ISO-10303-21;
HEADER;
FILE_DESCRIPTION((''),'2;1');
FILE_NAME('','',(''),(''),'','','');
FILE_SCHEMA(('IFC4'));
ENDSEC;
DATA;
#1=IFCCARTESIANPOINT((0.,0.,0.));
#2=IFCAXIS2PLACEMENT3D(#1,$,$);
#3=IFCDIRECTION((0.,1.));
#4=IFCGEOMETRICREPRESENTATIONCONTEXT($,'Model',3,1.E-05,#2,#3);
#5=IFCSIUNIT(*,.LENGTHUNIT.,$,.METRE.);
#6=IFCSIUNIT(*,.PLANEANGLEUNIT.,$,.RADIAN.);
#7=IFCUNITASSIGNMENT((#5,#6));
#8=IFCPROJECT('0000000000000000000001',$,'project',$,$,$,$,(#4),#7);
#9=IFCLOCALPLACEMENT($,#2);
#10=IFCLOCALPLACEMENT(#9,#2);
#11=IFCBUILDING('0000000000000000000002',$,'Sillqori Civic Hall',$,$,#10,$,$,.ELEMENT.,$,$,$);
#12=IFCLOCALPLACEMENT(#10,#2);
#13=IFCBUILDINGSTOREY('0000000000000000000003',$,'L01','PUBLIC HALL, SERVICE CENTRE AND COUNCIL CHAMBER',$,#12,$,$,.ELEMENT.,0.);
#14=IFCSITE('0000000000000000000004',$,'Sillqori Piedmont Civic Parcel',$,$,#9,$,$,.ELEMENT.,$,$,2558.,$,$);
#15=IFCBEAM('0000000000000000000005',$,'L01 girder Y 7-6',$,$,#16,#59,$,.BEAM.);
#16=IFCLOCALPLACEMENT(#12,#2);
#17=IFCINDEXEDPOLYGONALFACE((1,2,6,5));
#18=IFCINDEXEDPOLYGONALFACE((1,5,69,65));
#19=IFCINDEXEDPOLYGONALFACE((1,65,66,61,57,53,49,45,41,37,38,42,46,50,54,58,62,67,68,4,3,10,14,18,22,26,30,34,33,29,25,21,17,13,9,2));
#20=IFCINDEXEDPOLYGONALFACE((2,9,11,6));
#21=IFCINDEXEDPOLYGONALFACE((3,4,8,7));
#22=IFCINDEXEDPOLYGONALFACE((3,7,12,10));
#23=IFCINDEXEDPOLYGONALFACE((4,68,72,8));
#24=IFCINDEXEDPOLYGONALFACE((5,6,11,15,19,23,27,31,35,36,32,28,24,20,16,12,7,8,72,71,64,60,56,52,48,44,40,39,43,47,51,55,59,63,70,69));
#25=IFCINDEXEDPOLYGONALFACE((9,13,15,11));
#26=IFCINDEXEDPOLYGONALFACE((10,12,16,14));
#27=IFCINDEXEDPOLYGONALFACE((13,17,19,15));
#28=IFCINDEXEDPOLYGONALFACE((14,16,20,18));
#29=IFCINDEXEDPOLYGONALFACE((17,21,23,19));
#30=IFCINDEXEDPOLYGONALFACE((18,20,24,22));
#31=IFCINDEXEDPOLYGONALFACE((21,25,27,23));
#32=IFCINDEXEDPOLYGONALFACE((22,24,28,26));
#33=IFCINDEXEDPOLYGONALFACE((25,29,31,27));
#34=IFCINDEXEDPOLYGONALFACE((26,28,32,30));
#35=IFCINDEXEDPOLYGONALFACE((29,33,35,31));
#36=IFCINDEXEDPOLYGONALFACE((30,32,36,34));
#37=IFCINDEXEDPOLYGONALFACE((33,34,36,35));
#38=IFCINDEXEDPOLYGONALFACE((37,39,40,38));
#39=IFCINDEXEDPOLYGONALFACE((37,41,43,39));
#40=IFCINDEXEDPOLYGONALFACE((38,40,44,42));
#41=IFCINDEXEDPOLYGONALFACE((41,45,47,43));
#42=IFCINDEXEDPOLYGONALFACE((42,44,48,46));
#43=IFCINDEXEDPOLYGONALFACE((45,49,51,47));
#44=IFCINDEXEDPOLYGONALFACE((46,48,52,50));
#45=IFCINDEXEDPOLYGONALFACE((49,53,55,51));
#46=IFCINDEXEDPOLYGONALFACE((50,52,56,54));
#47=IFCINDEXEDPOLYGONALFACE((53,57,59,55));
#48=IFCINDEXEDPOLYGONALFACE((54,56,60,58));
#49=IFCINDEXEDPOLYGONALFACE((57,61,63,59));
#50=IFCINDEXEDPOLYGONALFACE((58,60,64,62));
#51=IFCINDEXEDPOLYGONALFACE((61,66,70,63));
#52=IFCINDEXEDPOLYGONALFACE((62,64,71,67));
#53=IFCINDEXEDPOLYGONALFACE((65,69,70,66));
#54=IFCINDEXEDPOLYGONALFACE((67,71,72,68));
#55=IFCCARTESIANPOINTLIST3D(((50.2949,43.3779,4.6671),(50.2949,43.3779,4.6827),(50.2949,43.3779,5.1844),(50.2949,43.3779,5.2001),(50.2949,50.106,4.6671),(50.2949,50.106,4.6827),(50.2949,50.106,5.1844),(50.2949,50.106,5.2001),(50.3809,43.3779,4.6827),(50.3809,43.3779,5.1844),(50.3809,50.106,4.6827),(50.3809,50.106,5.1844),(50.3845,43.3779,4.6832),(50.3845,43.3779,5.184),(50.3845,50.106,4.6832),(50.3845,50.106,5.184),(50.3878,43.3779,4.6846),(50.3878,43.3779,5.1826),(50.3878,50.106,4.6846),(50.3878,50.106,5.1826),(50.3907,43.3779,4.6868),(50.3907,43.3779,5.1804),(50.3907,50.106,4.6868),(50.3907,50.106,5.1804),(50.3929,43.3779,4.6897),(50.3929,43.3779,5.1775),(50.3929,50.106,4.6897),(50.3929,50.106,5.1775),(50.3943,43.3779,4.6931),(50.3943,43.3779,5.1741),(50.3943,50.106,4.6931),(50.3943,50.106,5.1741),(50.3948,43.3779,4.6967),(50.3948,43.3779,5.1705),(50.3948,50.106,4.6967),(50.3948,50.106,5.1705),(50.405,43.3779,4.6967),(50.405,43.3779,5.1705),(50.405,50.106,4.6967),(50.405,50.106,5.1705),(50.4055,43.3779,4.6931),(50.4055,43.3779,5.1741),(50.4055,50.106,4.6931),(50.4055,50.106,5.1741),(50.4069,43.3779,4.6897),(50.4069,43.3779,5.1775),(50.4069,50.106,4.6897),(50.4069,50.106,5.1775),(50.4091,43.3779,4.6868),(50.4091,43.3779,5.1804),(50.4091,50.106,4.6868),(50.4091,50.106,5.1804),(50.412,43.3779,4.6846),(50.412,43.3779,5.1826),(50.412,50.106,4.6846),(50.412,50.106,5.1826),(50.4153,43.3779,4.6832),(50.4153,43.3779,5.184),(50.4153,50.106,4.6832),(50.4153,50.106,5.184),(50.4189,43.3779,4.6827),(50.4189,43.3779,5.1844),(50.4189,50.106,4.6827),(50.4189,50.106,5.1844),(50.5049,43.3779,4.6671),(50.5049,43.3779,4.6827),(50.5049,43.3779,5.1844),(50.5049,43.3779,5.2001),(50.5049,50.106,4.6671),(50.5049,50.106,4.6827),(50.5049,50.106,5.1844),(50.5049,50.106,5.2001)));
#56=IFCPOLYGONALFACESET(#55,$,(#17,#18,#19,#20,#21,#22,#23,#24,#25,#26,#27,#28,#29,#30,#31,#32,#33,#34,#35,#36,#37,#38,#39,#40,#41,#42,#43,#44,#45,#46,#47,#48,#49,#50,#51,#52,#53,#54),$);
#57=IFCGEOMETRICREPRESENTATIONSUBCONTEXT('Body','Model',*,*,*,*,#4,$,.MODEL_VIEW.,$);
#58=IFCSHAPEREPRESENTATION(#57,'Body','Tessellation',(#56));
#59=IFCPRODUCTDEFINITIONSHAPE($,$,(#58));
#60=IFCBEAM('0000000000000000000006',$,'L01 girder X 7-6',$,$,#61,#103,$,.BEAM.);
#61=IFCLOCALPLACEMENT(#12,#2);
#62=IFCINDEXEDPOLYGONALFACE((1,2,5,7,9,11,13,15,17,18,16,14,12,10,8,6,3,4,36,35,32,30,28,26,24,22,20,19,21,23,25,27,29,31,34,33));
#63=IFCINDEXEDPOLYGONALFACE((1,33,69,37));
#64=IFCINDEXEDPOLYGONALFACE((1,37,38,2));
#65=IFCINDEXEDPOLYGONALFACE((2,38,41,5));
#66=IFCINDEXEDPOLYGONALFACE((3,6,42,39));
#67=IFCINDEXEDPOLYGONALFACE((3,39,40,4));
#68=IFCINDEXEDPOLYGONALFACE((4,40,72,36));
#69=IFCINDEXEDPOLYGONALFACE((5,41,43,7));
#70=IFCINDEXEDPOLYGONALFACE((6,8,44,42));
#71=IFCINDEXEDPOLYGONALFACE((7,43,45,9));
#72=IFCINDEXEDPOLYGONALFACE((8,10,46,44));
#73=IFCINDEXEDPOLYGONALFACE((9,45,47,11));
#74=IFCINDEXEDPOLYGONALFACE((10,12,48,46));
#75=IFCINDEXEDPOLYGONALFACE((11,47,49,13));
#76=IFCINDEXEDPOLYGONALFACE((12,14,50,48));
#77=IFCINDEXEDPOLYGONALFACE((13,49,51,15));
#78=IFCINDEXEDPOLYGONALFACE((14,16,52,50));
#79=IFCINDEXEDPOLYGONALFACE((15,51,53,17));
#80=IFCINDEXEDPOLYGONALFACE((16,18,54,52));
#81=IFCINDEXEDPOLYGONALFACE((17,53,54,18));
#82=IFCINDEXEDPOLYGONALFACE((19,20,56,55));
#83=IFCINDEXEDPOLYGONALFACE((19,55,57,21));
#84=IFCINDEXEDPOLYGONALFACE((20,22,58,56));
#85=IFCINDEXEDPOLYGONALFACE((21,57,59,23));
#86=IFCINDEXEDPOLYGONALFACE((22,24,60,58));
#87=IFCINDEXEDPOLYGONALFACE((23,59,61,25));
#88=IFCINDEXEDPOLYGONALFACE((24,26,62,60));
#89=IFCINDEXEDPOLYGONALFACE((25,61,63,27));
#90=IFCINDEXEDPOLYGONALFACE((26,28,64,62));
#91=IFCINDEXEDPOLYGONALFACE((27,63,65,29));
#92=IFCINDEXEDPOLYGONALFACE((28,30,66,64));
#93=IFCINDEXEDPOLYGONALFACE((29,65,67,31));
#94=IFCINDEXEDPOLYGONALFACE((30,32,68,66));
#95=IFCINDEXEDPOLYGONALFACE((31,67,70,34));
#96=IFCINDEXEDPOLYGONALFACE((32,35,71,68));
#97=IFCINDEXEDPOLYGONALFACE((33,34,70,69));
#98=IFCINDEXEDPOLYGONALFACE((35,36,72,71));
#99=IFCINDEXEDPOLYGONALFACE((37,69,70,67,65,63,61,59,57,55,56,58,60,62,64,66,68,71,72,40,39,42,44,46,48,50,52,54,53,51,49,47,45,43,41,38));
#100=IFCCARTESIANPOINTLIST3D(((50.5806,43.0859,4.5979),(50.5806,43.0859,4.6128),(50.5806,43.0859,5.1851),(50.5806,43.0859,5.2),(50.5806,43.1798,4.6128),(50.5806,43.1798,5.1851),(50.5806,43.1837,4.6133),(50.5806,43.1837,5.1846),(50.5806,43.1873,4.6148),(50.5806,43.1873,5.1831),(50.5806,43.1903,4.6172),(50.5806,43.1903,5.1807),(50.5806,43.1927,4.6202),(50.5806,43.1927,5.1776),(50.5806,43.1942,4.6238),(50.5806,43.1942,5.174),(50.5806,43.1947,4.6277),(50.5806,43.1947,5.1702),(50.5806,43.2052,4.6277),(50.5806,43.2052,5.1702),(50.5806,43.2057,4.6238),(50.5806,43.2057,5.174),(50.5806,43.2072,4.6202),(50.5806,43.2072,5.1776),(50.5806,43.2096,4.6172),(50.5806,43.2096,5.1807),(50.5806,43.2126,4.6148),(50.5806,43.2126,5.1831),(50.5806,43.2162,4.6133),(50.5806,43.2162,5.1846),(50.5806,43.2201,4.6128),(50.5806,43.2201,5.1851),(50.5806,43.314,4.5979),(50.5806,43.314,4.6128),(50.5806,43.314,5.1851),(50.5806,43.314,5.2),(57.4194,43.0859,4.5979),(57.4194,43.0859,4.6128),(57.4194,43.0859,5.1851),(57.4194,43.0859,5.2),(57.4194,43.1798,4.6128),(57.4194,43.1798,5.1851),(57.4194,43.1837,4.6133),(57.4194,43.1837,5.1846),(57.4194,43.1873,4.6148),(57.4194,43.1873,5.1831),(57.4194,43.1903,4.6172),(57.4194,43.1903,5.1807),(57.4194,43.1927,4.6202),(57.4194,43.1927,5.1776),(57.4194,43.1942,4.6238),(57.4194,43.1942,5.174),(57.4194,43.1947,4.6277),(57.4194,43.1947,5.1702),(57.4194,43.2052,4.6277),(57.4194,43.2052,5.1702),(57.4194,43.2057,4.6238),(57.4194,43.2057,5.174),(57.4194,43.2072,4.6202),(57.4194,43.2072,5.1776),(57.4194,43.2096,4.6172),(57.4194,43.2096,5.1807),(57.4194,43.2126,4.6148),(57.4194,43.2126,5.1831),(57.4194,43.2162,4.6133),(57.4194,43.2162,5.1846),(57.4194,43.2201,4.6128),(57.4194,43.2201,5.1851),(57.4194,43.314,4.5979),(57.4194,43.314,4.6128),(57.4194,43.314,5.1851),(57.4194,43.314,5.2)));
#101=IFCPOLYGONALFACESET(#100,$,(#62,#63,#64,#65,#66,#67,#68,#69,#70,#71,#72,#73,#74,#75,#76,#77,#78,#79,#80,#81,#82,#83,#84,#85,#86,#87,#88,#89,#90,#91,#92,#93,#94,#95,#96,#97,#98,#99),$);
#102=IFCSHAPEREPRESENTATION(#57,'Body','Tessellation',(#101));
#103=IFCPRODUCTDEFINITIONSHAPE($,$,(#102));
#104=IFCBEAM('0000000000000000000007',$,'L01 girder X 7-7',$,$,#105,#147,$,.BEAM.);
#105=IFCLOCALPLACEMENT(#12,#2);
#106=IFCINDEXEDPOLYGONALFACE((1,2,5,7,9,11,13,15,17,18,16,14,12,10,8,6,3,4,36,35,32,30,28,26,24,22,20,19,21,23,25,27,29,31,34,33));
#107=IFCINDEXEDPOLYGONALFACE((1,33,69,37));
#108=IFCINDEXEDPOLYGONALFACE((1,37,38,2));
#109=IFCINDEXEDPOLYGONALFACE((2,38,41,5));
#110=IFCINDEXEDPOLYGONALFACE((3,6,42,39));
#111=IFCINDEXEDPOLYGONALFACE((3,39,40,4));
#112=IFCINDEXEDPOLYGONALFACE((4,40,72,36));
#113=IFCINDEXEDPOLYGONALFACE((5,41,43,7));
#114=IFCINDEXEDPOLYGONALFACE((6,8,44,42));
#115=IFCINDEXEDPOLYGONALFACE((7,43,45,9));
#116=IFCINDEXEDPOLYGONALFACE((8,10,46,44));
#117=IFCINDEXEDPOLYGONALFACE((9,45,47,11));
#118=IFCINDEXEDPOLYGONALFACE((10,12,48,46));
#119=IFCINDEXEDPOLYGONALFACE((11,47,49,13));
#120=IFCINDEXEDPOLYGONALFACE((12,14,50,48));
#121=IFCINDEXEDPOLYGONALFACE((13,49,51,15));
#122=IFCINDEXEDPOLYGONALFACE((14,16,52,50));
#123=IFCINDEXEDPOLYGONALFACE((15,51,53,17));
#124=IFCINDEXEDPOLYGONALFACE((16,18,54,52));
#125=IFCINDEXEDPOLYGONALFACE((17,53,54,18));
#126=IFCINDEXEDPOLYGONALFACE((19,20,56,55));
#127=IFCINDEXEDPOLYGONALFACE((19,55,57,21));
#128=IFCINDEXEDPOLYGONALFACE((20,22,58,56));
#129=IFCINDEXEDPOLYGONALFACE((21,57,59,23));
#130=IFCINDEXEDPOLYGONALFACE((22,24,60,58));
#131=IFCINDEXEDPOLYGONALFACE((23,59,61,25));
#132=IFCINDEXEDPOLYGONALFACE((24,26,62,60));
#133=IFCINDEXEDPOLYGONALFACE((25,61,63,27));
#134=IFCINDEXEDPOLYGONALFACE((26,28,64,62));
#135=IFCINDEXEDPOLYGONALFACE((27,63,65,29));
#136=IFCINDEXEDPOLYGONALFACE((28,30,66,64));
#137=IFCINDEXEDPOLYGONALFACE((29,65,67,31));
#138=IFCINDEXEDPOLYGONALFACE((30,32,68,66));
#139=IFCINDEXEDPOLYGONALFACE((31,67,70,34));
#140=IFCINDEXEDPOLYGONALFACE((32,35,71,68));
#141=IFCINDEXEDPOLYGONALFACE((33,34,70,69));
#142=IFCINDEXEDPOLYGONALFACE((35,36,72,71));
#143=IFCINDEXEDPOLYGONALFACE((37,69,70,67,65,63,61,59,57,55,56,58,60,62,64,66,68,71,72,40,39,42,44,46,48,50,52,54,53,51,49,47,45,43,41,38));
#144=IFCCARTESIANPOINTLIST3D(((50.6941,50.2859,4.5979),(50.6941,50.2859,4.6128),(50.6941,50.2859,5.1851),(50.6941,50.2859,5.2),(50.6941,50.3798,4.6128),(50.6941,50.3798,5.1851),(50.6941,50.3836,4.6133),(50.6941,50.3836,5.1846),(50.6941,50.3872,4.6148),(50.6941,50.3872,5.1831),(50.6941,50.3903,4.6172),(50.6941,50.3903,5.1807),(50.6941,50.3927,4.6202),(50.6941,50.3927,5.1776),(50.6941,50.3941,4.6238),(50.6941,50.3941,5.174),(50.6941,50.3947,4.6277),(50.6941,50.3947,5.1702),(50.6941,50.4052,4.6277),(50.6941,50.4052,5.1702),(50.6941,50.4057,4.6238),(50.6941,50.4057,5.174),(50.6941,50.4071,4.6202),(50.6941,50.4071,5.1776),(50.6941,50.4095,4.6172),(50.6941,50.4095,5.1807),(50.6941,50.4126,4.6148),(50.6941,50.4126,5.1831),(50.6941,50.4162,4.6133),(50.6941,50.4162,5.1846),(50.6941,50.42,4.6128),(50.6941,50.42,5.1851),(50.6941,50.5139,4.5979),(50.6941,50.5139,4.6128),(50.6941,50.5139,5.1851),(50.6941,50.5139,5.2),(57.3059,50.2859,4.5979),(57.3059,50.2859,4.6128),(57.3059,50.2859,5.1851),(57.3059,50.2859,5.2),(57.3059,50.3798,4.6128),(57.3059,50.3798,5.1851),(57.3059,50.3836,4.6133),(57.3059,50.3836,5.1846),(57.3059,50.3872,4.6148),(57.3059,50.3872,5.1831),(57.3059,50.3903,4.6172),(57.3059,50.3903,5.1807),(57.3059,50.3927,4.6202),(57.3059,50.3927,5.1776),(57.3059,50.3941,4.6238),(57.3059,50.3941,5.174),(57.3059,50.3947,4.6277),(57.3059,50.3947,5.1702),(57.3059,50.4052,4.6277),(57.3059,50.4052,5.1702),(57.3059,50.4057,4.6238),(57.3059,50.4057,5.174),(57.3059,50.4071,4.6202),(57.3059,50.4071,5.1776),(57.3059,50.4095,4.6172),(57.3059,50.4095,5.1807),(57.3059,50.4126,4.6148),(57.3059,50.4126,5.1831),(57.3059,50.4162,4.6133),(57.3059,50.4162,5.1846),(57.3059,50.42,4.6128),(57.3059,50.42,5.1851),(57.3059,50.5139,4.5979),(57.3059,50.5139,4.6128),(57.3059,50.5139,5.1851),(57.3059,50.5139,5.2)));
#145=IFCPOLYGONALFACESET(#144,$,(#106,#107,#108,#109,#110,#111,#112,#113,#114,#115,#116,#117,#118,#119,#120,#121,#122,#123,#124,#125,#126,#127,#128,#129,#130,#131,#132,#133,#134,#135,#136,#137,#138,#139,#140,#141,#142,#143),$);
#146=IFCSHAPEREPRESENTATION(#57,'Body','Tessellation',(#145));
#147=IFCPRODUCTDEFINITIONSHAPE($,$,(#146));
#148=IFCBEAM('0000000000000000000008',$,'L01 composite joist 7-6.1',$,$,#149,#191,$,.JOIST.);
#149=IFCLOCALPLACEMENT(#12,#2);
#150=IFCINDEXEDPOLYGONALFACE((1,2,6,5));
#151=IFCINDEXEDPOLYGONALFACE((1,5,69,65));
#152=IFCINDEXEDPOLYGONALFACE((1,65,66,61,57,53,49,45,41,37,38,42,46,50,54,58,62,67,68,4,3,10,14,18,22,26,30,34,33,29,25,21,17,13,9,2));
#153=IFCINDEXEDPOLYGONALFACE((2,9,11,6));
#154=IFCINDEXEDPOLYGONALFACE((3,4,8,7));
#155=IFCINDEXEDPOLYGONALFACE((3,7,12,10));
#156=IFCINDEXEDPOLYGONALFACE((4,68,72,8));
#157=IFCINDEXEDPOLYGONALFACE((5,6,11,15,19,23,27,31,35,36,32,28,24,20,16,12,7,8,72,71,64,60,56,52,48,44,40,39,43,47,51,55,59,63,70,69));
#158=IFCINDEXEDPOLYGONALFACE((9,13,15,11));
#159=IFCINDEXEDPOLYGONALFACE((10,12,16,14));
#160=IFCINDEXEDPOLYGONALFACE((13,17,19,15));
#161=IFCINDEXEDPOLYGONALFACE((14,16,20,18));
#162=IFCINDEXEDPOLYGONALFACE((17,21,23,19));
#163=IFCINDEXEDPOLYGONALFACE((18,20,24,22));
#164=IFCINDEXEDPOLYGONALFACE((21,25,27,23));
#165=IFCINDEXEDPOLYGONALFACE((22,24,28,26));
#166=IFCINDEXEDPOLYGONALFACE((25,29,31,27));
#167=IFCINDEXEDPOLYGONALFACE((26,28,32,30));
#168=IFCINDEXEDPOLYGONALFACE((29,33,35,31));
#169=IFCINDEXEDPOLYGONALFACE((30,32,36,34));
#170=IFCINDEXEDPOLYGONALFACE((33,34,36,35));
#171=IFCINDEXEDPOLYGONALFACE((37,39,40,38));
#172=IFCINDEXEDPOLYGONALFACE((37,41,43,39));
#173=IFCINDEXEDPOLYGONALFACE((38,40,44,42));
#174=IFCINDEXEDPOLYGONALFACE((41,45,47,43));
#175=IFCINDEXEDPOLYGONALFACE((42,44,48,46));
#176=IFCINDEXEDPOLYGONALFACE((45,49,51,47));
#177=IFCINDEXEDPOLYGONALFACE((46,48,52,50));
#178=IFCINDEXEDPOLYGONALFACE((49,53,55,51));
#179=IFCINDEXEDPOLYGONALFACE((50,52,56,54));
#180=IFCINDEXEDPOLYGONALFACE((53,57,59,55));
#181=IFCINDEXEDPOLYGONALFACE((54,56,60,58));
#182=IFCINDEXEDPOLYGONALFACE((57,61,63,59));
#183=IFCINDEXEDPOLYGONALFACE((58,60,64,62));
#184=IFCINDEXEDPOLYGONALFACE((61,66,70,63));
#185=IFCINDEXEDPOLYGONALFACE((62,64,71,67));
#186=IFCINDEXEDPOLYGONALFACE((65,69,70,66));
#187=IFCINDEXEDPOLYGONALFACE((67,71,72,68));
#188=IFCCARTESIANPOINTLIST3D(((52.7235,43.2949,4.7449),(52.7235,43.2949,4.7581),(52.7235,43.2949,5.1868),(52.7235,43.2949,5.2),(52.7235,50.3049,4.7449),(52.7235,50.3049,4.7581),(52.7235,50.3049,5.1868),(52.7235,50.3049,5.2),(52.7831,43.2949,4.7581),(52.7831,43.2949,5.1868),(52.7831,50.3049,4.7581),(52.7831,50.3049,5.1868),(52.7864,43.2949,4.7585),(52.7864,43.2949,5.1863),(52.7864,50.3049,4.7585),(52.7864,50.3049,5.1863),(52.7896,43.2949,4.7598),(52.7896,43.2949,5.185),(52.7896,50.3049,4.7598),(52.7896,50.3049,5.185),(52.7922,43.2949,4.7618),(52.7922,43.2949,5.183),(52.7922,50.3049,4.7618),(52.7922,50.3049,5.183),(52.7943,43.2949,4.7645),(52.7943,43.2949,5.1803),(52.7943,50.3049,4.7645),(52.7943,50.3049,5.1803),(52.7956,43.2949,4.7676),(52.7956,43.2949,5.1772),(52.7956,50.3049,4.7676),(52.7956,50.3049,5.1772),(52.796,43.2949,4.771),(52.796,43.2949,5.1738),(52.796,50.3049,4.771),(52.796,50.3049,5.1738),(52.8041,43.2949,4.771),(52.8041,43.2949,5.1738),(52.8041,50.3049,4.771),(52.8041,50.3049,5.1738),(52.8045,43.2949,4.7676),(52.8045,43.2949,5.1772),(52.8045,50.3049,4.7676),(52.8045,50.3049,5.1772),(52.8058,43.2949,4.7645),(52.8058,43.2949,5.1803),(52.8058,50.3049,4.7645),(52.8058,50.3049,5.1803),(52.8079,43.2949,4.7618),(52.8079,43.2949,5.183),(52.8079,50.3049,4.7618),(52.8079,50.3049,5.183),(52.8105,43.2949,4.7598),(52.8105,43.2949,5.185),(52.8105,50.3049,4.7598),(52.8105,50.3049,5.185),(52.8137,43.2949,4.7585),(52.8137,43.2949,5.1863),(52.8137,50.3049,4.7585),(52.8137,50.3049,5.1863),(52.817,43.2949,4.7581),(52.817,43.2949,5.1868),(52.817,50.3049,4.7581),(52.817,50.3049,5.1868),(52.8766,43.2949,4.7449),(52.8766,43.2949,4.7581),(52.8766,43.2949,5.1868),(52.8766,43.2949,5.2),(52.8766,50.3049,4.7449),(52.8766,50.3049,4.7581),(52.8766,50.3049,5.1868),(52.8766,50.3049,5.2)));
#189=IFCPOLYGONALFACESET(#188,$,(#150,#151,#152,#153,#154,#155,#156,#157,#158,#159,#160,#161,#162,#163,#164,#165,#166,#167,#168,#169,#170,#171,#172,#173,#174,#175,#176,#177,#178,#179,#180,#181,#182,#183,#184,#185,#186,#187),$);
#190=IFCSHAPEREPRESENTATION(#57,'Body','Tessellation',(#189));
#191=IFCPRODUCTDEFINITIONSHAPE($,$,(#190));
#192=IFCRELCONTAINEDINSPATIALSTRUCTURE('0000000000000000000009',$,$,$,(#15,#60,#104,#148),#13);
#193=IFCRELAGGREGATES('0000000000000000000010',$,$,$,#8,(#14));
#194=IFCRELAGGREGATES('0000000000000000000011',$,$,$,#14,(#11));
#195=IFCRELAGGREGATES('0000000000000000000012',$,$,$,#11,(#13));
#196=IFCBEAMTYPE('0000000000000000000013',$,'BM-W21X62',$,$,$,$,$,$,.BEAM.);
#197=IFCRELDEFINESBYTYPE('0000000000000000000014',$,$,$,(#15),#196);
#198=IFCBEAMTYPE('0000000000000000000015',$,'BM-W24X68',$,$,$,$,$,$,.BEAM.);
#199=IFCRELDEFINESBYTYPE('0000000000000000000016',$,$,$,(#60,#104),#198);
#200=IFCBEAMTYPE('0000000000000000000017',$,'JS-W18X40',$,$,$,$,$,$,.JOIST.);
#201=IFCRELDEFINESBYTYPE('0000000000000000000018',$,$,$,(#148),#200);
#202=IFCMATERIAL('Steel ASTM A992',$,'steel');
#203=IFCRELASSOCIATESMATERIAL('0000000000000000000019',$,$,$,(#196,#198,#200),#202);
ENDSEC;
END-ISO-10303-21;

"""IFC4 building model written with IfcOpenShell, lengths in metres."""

from ifc_helpers import new_model, si_unit, direction, frame, origin, origin_2d, place, context, subcontext, project, spatial, i_section, extrude, material, material_profile, profile_set, type_object, element, save


model = new_model("IFC4")

# Units and contexts
model_context = context("Model", 3, precision=1e-05, world=origin(), true_north=direction((0.0, 1.0)))
body_context = subcontext(model_context, "Body", "Model", "MODEL_VIEW")
ifc_project = project(units=[si_unit("LENGTHUNIT", "METRE"), si_unit("PLANEANGLEUNIT", "RADIAN")], contexts=[model_context])

# Site, building, storey
site_placement = place(None, origin())
site = spatial("IfcSite", under=ifc_project, at=site_placement, Name="Sillqori Piedmont Civic Parcel", CompositionType="ELEMENT", RefElevation=2558.0)
building_placement = place(site_placement, origin())
building = spatial("IfcBuilding", under=site, at=building_placement, Name="Sillqori Civic Hall", CompositionType="ELEMENT")
storey_placement = place(building_placement, origin())
storey = spatial("IfcBuildingStorey", under=building, at=storey_placement, Name="L01", Description="PUBLIC HALL, SERVICE CENTRE AND COUNCIL CHAMBER", CompositionType="ELEMENT", Elevation=0.0)

# Shared definitions
ifc_material_1 = material(Name="Steel ASTM A992", Category="steel")

# Beams
ifc_material_profile_1 = material_profile(ifc_material_1, i_section(OverallWidth=0.21, OverallDepth=0.533, WebThickness=0.0103, FlangeThickness=0.0156, FilletRadius=0.0139, at=origin_2d()), Name="W21X62")
ifc_profile_set_1 = profile_set([ifc_material_profile_1], Name="Steel ASTM A992")
beam_type_1 = type_object("IfcBeamType", Name="BM-W21X62", PredefinedType="BEAM", material=ifc_profile_set_1)
for number, where, z_axis, x_axis, name in (
    (1, (50.3999, 43.3779, 4.9336), (0.0, 1.0, 0.0), (-1.0, 0.0, 0.0), "L01 girder Y 7-6"),
):
    element("IfcBeam", number, at=place(storey_placement, frame(where, z_axis=z_axis, x_axis=x_axis)), inside=storey, type_object=beam_type_1, Name=name, PredefinedType="BEAM", context=body_context, shape_type="SweptSolid", body=[
        extrude(i_section(OverallWidth=0.21, OverallDepth=0.533, WebThickness=0.0103, FlangeThickness=0.0156, FilletRadius=0.0139, at=origin_2d()), origin(), (0.0, 0.0, 1.0), 6.728),
    ])
ifc_material_profile_2 = material_profile(ifc_material_1, i_section(OverallWidth=0.228, OverallDepth=0.6021, WebThickness=0.0105, FlangeThickness=0.0149, FilletRadius=0.0149, at=origin_2d()), Name="W24X68")
ifc_profile_set_2 = profile_set([ifc_material_profile_2], Name="Steel ASTM A992")
beam_type_2 = type_object("IfcBeamType", Name="BM-W24X68", PredefinedType="BEAM", material=ifc_profile_set_2)
beam_1_placement = place(storey_placement, frame((50.5806, 43.2, 4.8989), z_axis=(1.0, 0.0, 0.0), x_axis=(0.0, 1.0, 0.0)))
element("IfcBeam", 2, at=beam_1_placement, inside=storey, type_object=beam_type_2, Name="L01 girder X 7-6", PredefinedType="BEAM", context=body_context, shape_type="SweptSolid", body=[
    extrude(i_section(OverallWidth=0.228, OverallDepth=0.6021, WebThickness=0.0105, FlangeThickness=0.0149, FilletRadius=0.0149, at=origin_2d()), origin(), (0.0, 0.0, 1.0), 6.8389),
])
beam_2_placement = place(storey_placement, frame((50.6941, 50.3999, 4.8989), z_axis=(1.0, 0.0, 0.0), x_axis=(0.0, 1.0, 0.0)))
element("IfcBeam", 3, at=beam_2_placement, inside=storey, type_object=beam_type_2, Name="L01 girder X 7-7", PredefinedType="BEAM", context=body_context, shape_type="SweptSolid", body=[
    extrude(i_section(OverallWidth=0.228, OverallDepth=0.6021, WebThickness=0.0105, FlangeThickness=0.0149, FilletRadius=0.0149, at=origin_2d()), origin(), (0.0, 0.0, 1.0), 6.6118),
])
ifc_material_profile_3 = material_profile(ifc_material_1, i_section(OverallWidth=0.1531, OverallDepth=0.4551, WebThickness=0.0081, FlangeThickness=0.0132, FilletRadius=0.0129, at=origin_2d()), Name="W18X40")
ifc_profile_set_3 = profile_set([ifc_material_profile_3], Name="Steel ASTM A992")
beam_type_3 = type_object("IfcBeamType", Name="JS-W18X40", PredefinedType="JOIST", material=ifc_profile_set_3)
for number, where, z_axis, x_axis, name in (
    (4, (52.8, 43.2949, 4.9724), (0.0, 1.0, 0.0), (-1.0, 0.0, 0.0), "L01 composite joist 7-6.1"),
):
    element("IfcBeam", number, at=place(storey_placement, frame(where, z_axis=z_axis, x_axis=x_axis)), inside=storey, type_object=beam_type_3, Name=name, PredefinedType="JOIST", context=body_context, shape_type="SweptSolid", body=[
        extrude(i_section(OverallWidth=0.1531, OverallDepth=0.4551, WebThickness=0.0081, FlangeThickness=0.0132, FilletRadius=0.0129, at=origin_2d()), origin(), (0.0, 0.0, 1.0), 7.01),
    ])

save(model, "model.ifc")
